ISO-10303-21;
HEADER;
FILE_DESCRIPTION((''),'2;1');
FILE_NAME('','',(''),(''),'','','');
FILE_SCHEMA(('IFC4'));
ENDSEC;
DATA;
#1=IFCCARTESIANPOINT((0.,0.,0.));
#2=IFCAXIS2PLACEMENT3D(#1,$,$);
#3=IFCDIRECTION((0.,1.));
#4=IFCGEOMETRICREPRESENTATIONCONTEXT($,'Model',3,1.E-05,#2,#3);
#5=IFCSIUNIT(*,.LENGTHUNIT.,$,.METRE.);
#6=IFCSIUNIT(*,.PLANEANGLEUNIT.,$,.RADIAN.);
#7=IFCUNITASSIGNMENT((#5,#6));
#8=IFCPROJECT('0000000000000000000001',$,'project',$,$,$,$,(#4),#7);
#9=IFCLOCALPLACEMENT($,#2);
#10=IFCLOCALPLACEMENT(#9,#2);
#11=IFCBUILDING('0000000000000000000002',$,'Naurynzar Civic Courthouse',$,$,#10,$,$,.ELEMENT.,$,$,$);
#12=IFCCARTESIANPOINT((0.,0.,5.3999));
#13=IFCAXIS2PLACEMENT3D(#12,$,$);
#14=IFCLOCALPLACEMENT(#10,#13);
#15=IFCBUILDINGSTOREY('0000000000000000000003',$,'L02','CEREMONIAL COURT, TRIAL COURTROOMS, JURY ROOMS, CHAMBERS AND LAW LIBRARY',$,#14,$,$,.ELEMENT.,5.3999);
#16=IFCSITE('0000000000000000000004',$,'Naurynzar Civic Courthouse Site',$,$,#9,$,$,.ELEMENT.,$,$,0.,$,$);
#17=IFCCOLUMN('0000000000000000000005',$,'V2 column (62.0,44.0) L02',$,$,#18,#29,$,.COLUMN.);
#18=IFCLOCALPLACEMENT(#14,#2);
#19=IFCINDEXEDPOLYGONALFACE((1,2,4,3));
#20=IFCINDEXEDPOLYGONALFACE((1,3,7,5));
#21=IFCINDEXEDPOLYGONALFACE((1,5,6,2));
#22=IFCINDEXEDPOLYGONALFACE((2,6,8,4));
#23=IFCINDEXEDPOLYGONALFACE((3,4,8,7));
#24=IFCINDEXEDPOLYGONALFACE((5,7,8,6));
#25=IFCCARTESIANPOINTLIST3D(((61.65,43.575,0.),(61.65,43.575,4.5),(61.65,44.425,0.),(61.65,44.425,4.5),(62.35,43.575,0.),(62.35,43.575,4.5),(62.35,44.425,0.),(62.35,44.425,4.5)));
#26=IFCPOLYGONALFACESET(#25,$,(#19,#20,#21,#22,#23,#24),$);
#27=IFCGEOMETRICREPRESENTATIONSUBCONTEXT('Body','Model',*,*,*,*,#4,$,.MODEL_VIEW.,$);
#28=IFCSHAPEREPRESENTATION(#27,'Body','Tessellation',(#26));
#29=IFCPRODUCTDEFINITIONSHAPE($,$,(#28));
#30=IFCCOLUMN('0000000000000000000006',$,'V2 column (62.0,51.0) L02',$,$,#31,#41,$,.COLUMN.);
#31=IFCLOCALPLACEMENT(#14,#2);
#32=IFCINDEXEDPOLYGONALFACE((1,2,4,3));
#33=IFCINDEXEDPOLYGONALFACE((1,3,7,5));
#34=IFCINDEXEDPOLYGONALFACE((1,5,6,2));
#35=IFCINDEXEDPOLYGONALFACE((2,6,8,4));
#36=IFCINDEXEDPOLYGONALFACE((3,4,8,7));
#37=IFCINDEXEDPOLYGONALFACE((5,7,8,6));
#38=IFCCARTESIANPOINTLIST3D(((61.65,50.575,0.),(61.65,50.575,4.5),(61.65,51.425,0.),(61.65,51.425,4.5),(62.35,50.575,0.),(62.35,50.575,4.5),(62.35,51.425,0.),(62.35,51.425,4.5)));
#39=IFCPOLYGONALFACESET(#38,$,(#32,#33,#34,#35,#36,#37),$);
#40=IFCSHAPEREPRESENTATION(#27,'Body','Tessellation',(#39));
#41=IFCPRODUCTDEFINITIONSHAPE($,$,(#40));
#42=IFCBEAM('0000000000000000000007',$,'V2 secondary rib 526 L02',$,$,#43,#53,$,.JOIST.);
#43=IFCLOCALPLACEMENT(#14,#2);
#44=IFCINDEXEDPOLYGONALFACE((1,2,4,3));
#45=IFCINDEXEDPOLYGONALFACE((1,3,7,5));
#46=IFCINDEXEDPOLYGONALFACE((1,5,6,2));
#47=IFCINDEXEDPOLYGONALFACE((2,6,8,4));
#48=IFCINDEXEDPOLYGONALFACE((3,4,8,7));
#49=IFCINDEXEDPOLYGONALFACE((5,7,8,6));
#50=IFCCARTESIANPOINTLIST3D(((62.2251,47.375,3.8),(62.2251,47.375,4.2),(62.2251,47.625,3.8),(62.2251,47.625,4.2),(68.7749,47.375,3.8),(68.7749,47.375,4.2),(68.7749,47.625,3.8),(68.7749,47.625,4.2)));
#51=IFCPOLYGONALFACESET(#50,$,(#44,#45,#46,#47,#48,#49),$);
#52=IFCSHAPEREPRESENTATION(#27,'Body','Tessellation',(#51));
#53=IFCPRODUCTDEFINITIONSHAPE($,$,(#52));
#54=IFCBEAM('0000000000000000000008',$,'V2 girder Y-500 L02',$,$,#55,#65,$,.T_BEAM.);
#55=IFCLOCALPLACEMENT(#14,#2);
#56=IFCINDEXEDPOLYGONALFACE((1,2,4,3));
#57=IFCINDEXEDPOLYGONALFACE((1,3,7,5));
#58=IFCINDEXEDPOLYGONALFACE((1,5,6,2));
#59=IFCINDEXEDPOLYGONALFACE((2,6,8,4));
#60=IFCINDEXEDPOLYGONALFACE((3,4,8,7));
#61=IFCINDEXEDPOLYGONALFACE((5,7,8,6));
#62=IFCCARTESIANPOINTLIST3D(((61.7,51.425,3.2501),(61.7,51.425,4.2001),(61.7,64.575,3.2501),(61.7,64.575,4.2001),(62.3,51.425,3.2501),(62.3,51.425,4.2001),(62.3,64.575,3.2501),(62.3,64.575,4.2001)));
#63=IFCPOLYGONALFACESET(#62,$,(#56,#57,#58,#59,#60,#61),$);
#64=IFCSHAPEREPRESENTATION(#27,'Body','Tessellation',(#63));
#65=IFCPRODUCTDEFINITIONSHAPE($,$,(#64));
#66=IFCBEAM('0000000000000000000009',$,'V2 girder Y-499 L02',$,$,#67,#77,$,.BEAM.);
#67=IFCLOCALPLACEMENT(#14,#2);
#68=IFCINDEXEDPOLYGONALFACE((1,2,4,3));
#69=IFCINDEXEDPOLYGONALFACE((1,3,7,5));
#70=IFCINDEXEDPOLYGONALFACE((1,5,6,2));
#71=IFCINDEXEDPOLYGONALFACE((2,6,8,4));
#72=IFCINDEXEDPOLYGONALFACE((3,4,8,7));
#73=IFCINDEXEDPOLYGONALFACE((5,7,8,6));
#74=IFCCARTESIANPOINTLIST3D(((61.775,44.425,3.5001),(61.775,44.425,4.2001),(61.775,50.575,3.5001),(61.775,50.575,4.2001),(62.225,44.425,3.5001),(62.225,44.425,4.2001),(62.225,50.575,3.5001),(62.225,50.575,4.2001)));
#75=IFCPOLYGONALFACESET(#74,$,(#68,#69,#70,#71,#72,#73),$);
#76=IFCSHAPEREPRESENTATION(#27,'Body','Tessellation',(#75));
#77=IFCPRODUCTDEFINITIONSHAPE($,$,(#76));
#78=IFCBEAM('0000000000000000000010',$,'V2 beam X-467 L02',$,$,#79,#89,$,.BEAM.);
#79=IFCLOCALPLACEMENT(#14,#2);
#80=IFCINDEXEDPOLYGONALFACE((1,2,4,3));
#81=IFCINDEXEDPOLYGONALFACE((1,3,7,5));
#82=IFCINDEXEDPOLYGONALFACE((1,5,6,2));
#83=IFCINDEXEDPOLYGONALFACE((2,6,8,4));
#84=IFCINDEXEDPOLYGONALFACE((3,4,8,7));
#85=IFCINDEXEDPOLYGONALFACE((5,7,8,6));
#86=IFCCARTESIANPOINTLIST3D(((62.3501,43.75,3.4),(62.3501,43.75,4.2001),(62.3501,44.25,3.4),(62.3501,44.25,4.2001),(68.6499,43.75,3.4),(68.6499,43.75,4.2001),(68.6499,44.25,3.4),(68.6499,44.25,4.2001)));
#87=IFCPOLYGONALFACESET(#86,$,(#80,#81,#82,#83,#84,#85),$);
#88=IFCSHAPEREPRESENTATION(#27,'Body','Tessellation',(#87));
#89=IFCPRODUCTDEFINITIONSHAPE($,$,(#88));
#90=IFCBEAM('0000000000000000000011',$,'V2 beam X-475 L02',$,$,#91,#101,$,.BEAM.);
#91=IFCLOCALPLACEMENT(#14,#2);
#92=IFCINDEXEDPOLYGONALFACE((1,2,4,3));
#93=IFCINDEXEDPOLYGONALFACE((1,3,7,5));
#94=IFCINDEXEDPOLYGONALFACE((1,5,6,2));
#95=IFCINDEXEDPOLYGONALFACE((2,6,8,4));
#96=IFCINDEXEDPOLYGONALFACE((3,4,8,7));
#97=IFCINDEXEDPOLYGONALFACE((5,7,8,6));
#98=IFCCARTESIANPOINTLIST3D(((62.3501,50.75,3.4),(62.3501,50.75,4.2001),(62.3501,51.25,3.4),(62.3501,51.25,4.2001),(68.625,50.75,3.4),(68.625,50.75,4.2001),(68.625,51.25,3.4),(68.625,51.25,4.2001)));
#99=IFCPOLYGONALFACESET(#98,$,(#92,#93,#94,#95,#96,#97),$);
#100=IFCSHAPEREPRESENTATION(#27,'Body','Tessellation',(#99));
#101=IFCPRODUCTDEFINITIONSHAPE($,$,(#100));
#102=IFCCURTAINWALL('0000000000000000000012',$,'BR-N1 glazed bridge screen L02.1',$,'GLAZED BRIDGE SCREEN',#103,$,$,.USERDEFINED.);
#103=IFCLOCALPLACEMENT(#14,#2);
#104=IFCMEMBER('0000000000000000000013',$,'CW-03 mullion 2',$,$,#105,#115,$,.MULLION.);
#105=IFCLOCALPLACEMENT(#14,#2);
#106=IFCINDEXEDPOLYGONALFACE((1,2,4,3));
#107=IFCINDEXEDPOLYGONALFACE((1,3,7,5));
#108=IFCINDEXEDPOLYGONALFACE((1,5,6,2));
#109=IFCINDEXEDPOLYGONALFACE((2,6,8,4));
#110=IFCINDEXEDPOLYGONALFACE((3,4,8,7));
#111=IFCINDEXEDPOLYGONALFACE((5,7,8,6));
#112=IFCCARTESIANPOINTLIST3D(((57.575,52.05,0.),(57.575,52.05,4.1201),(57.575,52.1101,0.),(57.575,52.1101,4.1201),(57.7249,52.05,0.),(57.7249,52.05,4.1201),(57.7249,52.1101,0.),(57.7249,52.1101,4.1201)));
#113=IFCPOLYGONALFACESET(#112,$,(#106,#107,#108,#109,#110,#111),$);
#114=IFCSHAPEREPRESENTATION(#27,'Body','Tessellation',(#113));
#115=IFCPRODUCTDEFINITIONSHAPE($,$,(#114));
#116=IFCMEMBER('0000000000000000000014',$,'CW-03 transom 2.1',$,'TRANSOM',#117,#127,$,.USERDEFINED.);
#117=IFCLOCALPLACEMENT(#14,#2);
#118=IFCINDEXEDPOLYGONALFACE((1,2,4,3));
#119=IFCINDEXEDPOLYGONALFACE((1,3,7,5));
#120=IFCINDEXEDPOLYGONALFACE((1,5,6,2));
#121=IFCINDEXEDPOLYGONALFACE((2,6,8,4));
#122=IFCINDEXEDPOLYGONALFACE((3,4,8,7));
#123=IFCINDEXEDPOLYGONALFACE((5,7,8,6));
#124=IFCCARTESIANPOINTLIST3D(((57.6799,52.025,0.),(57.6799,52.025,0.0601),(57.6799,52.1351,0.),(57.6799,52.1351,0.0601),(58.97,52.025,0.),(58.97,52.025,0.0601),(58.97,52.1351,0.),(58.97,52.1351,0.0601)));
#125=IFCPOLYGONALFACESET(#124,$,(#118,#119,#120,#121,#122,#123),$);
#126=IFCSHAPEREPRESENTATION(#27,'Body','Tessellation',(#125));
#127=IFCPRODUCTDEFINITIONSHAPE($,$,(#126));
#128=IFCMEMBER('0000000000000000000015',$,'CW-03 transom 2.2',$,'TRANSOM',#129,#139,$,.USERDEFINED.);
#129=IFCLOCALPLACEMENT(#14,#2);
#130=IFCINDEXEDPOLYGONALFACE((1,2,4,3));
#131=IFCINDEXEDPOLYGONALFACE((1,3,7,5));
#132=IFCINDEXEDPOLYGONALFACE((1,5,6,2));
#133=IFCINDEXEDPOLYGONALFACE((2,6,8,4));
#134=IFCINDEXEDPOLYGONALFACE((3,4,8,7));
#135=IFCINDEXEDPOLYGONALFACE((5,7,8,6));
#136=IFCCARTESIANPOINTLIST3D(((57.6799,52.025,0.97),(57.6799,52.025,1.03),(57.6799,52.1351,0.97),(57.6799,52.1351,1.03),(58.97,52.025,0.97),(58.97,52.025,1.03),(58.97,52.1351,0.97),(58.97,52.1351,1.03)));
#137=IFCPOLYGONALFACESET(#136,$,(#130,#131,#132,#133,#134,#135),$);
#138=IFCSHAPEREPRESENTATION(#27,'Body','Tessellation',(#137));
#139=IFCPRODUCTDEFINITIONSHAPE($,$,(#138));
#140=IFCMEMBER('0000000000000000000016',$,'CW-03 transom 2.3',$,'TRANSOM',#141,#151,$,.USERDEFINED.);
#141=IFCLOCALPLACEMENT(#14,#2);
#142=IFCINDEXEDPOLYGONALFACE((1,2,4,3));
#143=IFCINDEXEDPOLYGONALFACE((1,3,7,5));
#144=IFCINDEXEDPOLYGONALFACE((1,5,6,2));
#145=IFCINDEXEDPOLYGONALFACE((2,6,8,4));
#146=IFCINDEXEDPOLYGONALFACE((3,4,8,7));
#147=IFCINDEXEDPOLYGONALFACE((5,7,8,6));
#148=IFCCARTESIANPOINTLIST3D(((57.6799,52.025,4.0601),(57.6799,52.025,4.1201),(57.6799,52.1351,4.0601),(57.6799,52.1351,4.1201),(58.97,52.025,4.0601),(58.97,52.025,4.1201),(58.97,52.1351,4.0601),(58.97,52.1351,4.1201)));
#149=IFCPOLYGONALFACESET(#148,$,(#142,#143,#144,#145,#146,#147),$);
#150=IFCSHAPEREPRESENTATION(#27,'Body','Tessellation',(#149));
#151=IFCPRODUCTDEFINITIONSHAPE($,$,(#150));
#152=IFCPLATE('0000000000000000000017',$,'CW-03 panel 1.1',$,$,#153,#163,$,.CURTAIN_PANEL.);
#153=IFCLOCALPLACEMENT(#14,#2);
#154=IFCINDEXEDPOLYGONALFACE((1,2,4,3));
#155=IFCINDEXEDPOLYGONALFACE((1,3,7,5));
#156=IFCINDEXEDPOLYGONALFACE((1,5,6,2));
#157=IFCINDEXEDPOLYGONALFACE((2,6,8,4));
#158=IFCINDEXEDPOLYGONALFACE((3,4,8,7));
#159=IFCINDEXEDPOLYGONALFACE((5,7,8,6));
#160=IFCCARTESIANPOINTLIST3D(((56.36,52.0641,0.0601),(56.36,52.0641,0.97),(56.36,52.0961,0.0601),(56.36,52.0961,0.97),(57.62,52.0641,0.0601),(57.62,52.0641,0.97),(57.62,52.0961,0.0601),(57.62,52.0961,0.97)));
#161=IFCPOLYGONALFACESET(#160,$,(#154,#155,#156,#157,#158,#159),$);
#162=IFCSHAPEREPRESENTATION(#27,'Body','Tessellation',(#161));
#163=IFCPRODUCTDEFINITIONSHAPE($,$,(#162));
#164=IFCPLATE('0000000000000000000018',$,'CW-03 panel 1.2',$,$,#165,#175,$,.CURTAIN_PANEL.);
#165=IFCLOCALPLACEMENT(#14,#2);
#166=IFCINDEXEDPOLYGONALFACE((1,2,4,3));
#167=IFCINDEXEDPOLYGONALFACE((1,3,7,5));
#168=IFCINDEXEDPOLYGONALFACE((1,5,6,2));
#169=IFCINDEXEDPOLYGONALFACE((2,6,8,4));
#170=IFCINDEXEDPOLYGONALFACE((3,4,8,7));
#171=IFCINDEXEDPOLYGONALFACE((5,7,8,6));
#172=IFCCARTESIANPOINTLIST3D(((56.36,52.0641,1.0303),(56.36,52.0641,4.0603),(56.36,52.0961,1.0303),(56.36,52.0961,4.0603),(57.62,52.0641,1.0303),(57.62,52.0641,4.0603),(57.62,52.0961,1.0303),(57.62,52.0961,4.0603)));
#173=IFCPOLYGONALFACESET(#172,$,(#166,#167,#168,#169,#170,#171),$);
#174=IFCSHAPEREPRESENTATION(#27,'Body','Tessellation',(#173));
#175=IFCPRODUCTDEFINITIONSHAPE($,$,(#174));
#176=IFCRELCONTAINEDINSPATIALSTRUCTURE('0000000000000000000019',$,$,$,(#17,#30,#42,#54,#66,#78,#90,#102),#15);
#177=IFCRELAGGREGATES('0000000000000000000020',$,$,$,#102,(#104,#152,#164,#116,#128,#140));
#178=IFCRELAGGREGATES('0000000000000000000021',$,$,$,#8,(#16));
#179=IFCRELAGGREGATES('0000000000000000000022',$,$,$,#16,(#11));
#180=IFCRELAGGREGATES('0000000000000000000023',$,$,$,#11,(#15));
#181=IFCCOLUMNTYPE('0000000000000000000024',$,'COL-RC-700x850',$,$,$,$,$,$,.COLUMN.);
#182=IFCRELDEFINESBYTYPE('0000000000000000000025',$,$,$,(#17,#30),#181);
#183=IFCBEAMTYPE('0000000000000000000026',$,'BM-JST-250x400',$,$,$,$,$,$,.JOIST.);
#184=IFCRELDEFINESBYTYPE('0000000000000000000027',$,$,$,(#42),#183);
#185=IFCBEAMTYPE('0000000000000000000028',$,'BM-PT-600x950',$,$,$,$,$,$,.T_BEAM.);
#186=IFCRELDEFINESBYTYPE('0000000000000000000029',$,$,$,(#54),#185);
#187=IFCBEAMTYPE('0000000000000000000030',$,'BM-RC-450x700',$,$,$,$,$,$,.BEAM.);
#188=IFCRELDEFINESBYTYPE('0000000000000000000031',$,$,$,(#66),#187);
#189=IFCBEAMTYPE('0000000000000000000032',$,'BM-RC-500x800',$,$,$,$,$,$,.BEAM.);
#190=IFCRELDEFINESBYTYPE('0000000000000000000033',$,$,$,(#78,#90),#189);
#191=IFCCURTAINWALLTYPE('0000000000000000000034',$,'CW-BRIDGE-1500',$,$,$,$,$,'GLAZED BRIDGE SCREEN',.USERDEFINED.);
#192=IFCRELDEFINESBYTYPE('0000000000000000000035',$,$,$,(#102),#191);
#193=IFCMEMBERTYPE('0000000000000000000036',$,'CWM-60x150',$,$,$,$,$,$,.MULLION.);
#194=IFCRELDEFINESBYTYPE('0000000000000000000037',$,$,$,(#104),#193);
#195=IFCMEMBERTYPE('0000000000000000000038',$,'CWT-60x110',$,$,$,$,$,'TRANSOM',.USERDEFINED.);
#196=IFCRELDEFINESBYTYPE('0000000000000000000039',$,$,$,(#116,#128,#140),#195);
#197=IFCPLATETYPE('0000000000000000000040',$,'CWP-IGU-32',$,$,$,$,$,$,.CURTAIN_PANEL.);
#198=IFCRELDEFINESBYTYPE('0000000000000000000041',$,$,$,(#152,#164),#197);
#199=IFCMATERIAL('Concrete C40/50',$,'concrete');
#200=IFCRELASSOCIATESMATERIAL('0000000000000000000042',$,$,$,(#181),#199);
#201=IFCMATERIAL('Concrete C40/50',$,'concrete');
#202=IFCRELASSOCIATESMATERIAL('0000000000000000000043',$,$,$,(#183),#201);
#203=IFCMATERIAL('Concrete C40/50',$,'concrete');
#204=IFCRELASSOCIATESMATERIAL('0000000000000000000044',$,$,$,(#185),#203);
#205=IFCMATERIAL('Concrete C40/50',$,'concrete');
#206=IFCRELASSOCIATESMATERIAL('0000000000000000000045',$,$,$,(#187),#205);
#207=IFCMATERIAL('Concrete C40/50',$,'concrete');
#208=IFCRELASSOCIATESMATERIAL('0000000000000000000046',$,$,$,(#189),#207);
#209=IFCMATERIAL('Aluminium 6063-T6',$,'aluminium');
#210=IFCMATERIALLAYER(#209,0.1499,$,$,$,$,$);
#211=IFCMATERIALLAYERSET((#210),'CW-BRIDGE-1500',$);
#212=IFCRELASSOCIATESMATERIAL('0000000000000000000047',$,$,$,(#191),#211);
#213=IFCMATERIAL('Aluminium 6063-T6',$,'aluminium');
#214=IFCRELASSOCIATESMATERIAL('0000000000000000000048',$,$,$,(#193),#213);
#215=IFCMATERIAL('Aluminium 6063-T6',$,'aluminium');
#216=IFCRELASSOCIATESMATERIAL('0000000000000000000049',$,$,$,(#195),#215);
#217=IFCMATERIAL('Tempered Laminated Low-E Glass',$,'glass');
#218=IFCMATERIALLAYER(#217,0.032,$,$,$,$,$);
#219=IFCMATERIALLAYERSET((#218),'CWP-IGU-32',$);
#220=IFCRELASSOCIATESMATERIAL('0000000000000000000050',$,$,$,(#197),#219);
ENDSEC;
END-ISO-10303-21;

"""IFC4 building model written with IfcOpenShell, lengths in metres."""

from ifc_helpers import new_model, si_unit, direction, frame, origin, origin_2d, place, context, subcontext, project, spatial, rectangle, extrude, material, layer, layer_set, material_profile, profile_set, type_object, element, aggregate, save


model = new_model("IFC4")

# Units and contexts
model_context = context("Model", 3, precision=1e-05, world=origin(), true_north=direction((0.0, 1.0)))
body_context = subcontext(model_context, "Body", "Model", "MODEL_VIEW")
ifc_project = project(units=[si_unit("LENGTHUNIT", "METRE"), si_unit("PLANEANGLEUNIT", "RADIAN")], contexts=[model_context])

# Site, building, storey
site_placement = place(None, origin())
site = spatial("IfcSite", under=ifc_project, at=site_placement, Name="Naurynzar Civic Courthouse Site", CompositionType="ELEMENT", RefElevation=0.0)
building_placement = place(site_placement, origin())
building = spatial("IfcBuilding", under=site, at=building_placement, Name="Naurynzar Civic Courthouse", CompositionType="ELEMENT")
storey_placement = place(building_placement, frame((0.0, 0.0, 5.3999)))
storey = spatial("IfcBuildingStorey", under=building, at=storey_placement, Name="L02", Description="CEREMONIAL COURT, TRIAL COURTROOMS, JURY ROOMS, CHAMBERS AND LAW LIBRARY", CompositionType="ELEMENT", Elevation=5.3999)

# Columns
ifc_material_1 = material(Name="Concrete C40/50", Category="concrete")
ifc_material_profile_1 = material_profile(ifc_material_1, rectangle(XDim=0.7, YDim=0.8501, at=origin_2d()), Name="RC 700x850")
ifc_profile_set_1 = profile_set([ifc_material_profile_1], Name="Concrete C40/50")
column_type = type_object("IfcColumnType", Name="COL-RC-700x850", PredefinedType="COLUMN", material=ifc_profile_set_1)
for number, where, z_axis, x_axis, name in (
    (1, (62.0, 44.0, 0.0), (0.0, 0.0, 1.0), (1.0, 0.0, 0.0), "V2 column (62.0,44.0) L02"),
    (2, (62.0, 51.0, 0.0), (0.0, 0.0, 1.0), (1.0, 0.0, 0.0), "V2 column (62.0,51.0) L02"),
):
    element("IfcColumn", number, at=place(storey_placement, frame(where, z_axis=z_axis, x_axis=x_axis)), inside=storey, type_object=column_type, Name=name, PredefinedType="COLUMN", context=body_context, shape_type="SweptSolid", body=[
        extrude(rectangle(XDim=0.7, YDim=0.8501, at=origin_2d()), origin(), (0.0, 0.0, 1.0), 4.5),
    ])

# Beams
ifc_material_2 = material(Name="Concrete C40/50", Category="concrete")
ifc_material_profile_2 = material_profile(ifc_material_2, rectangle(XDim=0.25, YDim=0.3999, at=origin_2d()), Name="RCB 250x400")
ifc_profile_set_2 = profile_set([ifc_material_profile_2], Name="Concrete C40/50")
beam_type_1 = type_object("IfcBeamType", Name="BM-JST-250x400", PredefinedType="JOIST", material=ifc_profile_set_2)
beam_1_placement = place(storey_placement, frame((62.2251, 47.5, 4.0), z_axis=(1.0, 0.0, 0.0), x_axis=(0.0, 1.0, 0.0)))
element("IfcBeam", 3, at=beam_1_placement, inside=storey, type_object=beam_type_1, Name="V2 secondary rib 526 L02", PredefinedType="JOIST", context=body_context, shape_type="SweptSolid", body=[
    extrude(rectangle(XDim=0.25, YDim=0.3999, at=origin_2d()), origin(), (0.0, 0.0, 1.0), 6.5498),
])
ifc_material_3 = material(Name="Concrete C40/50", Category="concrete")
ifc_material_profile_3 = material_profile(ifc_material_3, rectangle(XDim=0.6001, YDim=0.95, at=origin_2d()), Name="PTB 600x950")
ifc_profile_set_3 = profile_set([ifc_material_profile_3], Name="Concrete C40/50")
beam_type_2 = type_object("IfcBeamType", Name="BM-PT-600x950", PredefinedType="T_BEAM", material=ifc_profile_set_3)
beam_2_placement = place(storey_placement, frame((62.0, 51.425, 3.7251), z_axis=(0.0, 1.0, 0.0), x_axis=(-1.0, 0.0, 0.0)))
element("IfcBeam", 4, at=beam_2_placement, inside=storey, type_object=beam_type_2, Name="V2 girder Y-500 L02", PredefinedType="T_BEAM", context=body_context, shape_type="SweptSolid", body=[
    extrude(rectangle(XDim=0.6001, YDim=0.95, at=origin_2d()), origin(), (0.0, 0.0, 1.0), 13.1499),
])
ifc_material_4 = material(Name="Concrete C40/50", Category="concrete")
ifc_material_profile_4 = material_profile(ifc_material_4, rectangle(XDim=0.45, YDim=0.7, at=origin_2d()), Name="RCB 450x700")
ifc_profile_set_4 = profile_set([ifc_material_profile_4], Name="Concrete C40/50")
beam_type_3 = type_object("IfcBeamType", Name="BM-RC-450x700", PredefinedType="BEAM", material=ifc_profile_set_4)
beam_3_placement = place(storey_placement, frame((62.0, 44.425, 3.8501), z_axis=(0.0, 1.0, 0.0), x_axis=(-1.0, 0.0, 0.0)))
element("IfcBeam", 5, at=beam_3_placement, inside=storey, type_object=beam_type_3, Name="V2 girder Y-499 L02", PredefinedType="BEAM", context=body_context, shape_type="SweptSolid", body=[
    extrude(rectangle(XDim=0.45, YDim=0.7, at=origin_2d()), origin(), (0.0, 0.0, 1.0), 6.1499),
])
ifc_material_5 = material(Name="Concrete C40/50", Category="concrete")
ifc_material_profile_5 = material_profile(ifc_material_5, rectangle(XDim=0.5, YDim=0.8, at=origin_2d()), Name="RCB 500x800")
ifc_profile_set_5 = profile_set([ifc_material_profile_5], Name="Concrete C40/50")
beam_type_4 = type_object("IfcBeamType", Name="BM-RC-500x800", PredefinedType="BEAM", material=ifc_profile_set_5)
beam_4_placement = place(storey_placement, frame((62.3501, 44.0, 3.8), z_axis=(1.0, 0.0, 0.0), x_axis=(0.0, 1.0, 0.0)))
element("IfcBeam", 6, at=beam_4_placement, inside=storey, type_object=beam_type_4, Name="V2 beam X-467 L02", PredefinedType="BEAM", context=body_context, shape_type="SweptSolid", body=[
    extrude(rectangle(XDim=0.5, YDim=0.8, at=origin_2d()), origin(), (0.0, 0.0, 1.0), 6.2998),
])
beam_5_placement = place(storey_placement, frame((62.3501, 51.0, 3.8), z_axis=(1.0, 0.0, 0.0), x_axis=(0.0, 1.0, 0.0)))
element("IfcBeam", 7, at=beam_5_placement, inside=storey, type_object=beam_type_4, Name="V2 beam X-475 L02", PredefinedType="BEAM", context=body_context, shape_type="SweptSolid", body=[
    extrude(rectangle(XDim=0.5, YDim=0.8, at=origin_2d()), origin(), (0.0, 0.0, 1.0), 6.2749),
])

# Curtain wall, members, plates
ifc_material_6 = material(Name="Aluminium 6063-T6", Category="aluminium")
ifc_layer_1 = layer(ifc_material_6, 0.1499)
ifc_layer_set_1 = layer_set([ifc_layer_1], Name="CW-BRIDGE-1500")
curtain_wall_type = type_object("IfcCurtainWallType", Name="CW-BRIDGE-1500", ElementType="GLAZED BRIDGE SCREEN", PredefinedType="USERDEFINED", material=ifc_layer_set_1)
curtain_wall_placement = place(storey_placement, origin())
curtain_wall = element("IfcCurtainWall", 8, at=curtain_wall_placement, inside=storey, type_object=curtain_wall_type, Name="BR-N1 glazed bridge screen L02.1", ObjectType="GLAZED BRIDGE SCREEN", PredefinedType="USERDEFINED")
ifc_material_7 = material(Name="Aluminium 6063-T6", Category="aluminium")
ifc_material_profile_6 = material_profile(ifc_material_7, rectangle(XDim=0.0601, YDim=0.1499, at=origin_2d()), Name="ALU MULLION 60x150")
ifc_profile_set_6 = profile_set([ifc_material_profile_6], Name="Aluminium 6063-T6")
member_type_1 = type_object("IfcMemberType", Name="CWM-60x150", PredefinedType="MULLION", material=ifc_profile_set_6)
member_1_placement = place(storey_placement, frame((57.6499, 52.0801, 0.0), z_axis=(0.0, 0.0, 1.0), x_axis=(0.0, 1.0, 0.0)))
member_1 = element("IfcMember", 9, at=member_1_placement, type_object=member_type_1, Name="CW-03 mullion 2", PredefinedType="MULLION", context=body_context, shape_type="SweptSolid", body=[
    extrude(rectangle(XDim=0.0601, YDim=0.1499, at=origin_2d()), origin(), (0.0, 0.0, 1.0), 4.1201),
])
ifc_material_8 = material(Name="Aluminium 6063-T6", Category="aluminium")
ifc_material_profile_7 = material_profile(ifc_material_8, rectangle(XDim=0.1101, YDim=0.0601, at=origin_2d()), Name="ALU TRANSOM 60x110")
ifc_profile_set_7 = profile_set([ifc_material_profile_7], Name="Aluminium 6063-T6")
member_type_2 = type_object("IfcMemberType", Name="CWT-60x110", ElementType="TRANSOM", PredefinedType="USERDEFINED", material=ifc_profile_set_7)
member_2_placement = place(storey_placement, frame((57.6799, 52.0801, 0.03), z_axis=(1.0, 0.0, 0.0), x_axis=(0.0, 1.0, 0.0)))
member_2 = element("IfcMember", 10, at=member_2_placement, type_object=member_type_2, Name="CW-03 transom 2.1", ObjectType="TRANSOM", PredefinedType="USERDEFINED", context=body_context, shape_type="SweptSolid", body=[
    extrude(rectangle(XDim=0.1101, YDim=0.0601, at=origin_2d()), origin(), (0.0, 0.0, 1.0), 1.29),
])
member_3_placement = place(storey_placement, frame((57.6799, 52.0801, 1.0), z_axis=(1.0, 0.0, 0.0), x_axis=(0.0, 1.0, 0.0)))
member_3 = element("IfcMember", 11, at=member_3_placement, type_object=member_type_2, Name="CW-03 transom 2.2", ObjectType="TRANSOM", PredefinedType="USERDEFINED", context=body_context, shape_type="SweptSolid", body=[
    extrude(rectangle(XDim=0.1101, YDim=0.0601, at=origin_2d()), origin(), (0.0, 0.0, 1.0), 1.29),
])
member_4_placement = place(storey_placement, frame((57.6799, 52.0801, 4.0901), z_axis=(1.0, 0.0, 0.0), x_axis=(0.0, 1.0, 0.0)))
member_4 = element("IfcMember", 12, at=member_4_placement, type_object=member_type_2, Name="CW-03 transom 2.3", ObjectType="TRANSOM", PredefinedType="USERDEFINED", context=body_context, shape_type="SweptSolid", body=[
    extrude(rectangle(XDim=0.1101, YDim=0.0601, at=origin_2d()), origin(), (0.0, 0.0, 1.0), 1.29),
])
ifc_material_9 = material(Name="Tempered Laminated Low-E Glass", Category="glass")
ifc_layer_2 = layer(ifc_material_9, 0.032)
ifc_layer_set_2 = layer_set([ifc_layer_2], Name="CWP-IGU-32")
plate_type = type_object("IfcPlateType", Name="CWP-IGU-32", PredefinedType="CURTAIN_PANEL", material=ifc_layer_set_2)
plate_1_placement = place(storey_placement, frame((56.99, 52.0801, 0.0601), z_axis=(0.0, 0.0, 1.0), x_axis=(1.0, 0.0, 0.0)))
plate_1 = element("IfcPlate", 13, at=plate_1_placement, type_object=plate_type, Name="CW-03 panel 1.1", PredefinedType="CURTAIN_PANEL", context=body_context, shape_type="SweptSolid", body=[
    extrude(rectangle(XDim=1.26, YDim=0.032, at=origin_2d()), origin(), (0.0, 0.0, 1.0), 0.9099),
])
plate_2_placement = place(storey_placement, frame((56.99, 52.0801, 1.0303), z_axis=(0.0, 0.0, 1.0), x_axis=(1.0, 0.0, 0.0)))
plate_2 = element("IfcPlate", 14, at=plate_2_placement, type_object=plate_type, Name="CW-03 panel 1.2", PredefinedType="CURTAIN_PANEL", context=body_context, shape_type="SweptSolid", body=[
    extrude(rectangle(XDim=1.26, YDim=0.032, at=origin_2d()), origin(), (0.0, 0.0, 1.0), 3.03),
])
aggregate(curtain_wall, [member_1, plate_1, plate_2, member_2, member_3, member_4])

save(model, "model.ifc")
